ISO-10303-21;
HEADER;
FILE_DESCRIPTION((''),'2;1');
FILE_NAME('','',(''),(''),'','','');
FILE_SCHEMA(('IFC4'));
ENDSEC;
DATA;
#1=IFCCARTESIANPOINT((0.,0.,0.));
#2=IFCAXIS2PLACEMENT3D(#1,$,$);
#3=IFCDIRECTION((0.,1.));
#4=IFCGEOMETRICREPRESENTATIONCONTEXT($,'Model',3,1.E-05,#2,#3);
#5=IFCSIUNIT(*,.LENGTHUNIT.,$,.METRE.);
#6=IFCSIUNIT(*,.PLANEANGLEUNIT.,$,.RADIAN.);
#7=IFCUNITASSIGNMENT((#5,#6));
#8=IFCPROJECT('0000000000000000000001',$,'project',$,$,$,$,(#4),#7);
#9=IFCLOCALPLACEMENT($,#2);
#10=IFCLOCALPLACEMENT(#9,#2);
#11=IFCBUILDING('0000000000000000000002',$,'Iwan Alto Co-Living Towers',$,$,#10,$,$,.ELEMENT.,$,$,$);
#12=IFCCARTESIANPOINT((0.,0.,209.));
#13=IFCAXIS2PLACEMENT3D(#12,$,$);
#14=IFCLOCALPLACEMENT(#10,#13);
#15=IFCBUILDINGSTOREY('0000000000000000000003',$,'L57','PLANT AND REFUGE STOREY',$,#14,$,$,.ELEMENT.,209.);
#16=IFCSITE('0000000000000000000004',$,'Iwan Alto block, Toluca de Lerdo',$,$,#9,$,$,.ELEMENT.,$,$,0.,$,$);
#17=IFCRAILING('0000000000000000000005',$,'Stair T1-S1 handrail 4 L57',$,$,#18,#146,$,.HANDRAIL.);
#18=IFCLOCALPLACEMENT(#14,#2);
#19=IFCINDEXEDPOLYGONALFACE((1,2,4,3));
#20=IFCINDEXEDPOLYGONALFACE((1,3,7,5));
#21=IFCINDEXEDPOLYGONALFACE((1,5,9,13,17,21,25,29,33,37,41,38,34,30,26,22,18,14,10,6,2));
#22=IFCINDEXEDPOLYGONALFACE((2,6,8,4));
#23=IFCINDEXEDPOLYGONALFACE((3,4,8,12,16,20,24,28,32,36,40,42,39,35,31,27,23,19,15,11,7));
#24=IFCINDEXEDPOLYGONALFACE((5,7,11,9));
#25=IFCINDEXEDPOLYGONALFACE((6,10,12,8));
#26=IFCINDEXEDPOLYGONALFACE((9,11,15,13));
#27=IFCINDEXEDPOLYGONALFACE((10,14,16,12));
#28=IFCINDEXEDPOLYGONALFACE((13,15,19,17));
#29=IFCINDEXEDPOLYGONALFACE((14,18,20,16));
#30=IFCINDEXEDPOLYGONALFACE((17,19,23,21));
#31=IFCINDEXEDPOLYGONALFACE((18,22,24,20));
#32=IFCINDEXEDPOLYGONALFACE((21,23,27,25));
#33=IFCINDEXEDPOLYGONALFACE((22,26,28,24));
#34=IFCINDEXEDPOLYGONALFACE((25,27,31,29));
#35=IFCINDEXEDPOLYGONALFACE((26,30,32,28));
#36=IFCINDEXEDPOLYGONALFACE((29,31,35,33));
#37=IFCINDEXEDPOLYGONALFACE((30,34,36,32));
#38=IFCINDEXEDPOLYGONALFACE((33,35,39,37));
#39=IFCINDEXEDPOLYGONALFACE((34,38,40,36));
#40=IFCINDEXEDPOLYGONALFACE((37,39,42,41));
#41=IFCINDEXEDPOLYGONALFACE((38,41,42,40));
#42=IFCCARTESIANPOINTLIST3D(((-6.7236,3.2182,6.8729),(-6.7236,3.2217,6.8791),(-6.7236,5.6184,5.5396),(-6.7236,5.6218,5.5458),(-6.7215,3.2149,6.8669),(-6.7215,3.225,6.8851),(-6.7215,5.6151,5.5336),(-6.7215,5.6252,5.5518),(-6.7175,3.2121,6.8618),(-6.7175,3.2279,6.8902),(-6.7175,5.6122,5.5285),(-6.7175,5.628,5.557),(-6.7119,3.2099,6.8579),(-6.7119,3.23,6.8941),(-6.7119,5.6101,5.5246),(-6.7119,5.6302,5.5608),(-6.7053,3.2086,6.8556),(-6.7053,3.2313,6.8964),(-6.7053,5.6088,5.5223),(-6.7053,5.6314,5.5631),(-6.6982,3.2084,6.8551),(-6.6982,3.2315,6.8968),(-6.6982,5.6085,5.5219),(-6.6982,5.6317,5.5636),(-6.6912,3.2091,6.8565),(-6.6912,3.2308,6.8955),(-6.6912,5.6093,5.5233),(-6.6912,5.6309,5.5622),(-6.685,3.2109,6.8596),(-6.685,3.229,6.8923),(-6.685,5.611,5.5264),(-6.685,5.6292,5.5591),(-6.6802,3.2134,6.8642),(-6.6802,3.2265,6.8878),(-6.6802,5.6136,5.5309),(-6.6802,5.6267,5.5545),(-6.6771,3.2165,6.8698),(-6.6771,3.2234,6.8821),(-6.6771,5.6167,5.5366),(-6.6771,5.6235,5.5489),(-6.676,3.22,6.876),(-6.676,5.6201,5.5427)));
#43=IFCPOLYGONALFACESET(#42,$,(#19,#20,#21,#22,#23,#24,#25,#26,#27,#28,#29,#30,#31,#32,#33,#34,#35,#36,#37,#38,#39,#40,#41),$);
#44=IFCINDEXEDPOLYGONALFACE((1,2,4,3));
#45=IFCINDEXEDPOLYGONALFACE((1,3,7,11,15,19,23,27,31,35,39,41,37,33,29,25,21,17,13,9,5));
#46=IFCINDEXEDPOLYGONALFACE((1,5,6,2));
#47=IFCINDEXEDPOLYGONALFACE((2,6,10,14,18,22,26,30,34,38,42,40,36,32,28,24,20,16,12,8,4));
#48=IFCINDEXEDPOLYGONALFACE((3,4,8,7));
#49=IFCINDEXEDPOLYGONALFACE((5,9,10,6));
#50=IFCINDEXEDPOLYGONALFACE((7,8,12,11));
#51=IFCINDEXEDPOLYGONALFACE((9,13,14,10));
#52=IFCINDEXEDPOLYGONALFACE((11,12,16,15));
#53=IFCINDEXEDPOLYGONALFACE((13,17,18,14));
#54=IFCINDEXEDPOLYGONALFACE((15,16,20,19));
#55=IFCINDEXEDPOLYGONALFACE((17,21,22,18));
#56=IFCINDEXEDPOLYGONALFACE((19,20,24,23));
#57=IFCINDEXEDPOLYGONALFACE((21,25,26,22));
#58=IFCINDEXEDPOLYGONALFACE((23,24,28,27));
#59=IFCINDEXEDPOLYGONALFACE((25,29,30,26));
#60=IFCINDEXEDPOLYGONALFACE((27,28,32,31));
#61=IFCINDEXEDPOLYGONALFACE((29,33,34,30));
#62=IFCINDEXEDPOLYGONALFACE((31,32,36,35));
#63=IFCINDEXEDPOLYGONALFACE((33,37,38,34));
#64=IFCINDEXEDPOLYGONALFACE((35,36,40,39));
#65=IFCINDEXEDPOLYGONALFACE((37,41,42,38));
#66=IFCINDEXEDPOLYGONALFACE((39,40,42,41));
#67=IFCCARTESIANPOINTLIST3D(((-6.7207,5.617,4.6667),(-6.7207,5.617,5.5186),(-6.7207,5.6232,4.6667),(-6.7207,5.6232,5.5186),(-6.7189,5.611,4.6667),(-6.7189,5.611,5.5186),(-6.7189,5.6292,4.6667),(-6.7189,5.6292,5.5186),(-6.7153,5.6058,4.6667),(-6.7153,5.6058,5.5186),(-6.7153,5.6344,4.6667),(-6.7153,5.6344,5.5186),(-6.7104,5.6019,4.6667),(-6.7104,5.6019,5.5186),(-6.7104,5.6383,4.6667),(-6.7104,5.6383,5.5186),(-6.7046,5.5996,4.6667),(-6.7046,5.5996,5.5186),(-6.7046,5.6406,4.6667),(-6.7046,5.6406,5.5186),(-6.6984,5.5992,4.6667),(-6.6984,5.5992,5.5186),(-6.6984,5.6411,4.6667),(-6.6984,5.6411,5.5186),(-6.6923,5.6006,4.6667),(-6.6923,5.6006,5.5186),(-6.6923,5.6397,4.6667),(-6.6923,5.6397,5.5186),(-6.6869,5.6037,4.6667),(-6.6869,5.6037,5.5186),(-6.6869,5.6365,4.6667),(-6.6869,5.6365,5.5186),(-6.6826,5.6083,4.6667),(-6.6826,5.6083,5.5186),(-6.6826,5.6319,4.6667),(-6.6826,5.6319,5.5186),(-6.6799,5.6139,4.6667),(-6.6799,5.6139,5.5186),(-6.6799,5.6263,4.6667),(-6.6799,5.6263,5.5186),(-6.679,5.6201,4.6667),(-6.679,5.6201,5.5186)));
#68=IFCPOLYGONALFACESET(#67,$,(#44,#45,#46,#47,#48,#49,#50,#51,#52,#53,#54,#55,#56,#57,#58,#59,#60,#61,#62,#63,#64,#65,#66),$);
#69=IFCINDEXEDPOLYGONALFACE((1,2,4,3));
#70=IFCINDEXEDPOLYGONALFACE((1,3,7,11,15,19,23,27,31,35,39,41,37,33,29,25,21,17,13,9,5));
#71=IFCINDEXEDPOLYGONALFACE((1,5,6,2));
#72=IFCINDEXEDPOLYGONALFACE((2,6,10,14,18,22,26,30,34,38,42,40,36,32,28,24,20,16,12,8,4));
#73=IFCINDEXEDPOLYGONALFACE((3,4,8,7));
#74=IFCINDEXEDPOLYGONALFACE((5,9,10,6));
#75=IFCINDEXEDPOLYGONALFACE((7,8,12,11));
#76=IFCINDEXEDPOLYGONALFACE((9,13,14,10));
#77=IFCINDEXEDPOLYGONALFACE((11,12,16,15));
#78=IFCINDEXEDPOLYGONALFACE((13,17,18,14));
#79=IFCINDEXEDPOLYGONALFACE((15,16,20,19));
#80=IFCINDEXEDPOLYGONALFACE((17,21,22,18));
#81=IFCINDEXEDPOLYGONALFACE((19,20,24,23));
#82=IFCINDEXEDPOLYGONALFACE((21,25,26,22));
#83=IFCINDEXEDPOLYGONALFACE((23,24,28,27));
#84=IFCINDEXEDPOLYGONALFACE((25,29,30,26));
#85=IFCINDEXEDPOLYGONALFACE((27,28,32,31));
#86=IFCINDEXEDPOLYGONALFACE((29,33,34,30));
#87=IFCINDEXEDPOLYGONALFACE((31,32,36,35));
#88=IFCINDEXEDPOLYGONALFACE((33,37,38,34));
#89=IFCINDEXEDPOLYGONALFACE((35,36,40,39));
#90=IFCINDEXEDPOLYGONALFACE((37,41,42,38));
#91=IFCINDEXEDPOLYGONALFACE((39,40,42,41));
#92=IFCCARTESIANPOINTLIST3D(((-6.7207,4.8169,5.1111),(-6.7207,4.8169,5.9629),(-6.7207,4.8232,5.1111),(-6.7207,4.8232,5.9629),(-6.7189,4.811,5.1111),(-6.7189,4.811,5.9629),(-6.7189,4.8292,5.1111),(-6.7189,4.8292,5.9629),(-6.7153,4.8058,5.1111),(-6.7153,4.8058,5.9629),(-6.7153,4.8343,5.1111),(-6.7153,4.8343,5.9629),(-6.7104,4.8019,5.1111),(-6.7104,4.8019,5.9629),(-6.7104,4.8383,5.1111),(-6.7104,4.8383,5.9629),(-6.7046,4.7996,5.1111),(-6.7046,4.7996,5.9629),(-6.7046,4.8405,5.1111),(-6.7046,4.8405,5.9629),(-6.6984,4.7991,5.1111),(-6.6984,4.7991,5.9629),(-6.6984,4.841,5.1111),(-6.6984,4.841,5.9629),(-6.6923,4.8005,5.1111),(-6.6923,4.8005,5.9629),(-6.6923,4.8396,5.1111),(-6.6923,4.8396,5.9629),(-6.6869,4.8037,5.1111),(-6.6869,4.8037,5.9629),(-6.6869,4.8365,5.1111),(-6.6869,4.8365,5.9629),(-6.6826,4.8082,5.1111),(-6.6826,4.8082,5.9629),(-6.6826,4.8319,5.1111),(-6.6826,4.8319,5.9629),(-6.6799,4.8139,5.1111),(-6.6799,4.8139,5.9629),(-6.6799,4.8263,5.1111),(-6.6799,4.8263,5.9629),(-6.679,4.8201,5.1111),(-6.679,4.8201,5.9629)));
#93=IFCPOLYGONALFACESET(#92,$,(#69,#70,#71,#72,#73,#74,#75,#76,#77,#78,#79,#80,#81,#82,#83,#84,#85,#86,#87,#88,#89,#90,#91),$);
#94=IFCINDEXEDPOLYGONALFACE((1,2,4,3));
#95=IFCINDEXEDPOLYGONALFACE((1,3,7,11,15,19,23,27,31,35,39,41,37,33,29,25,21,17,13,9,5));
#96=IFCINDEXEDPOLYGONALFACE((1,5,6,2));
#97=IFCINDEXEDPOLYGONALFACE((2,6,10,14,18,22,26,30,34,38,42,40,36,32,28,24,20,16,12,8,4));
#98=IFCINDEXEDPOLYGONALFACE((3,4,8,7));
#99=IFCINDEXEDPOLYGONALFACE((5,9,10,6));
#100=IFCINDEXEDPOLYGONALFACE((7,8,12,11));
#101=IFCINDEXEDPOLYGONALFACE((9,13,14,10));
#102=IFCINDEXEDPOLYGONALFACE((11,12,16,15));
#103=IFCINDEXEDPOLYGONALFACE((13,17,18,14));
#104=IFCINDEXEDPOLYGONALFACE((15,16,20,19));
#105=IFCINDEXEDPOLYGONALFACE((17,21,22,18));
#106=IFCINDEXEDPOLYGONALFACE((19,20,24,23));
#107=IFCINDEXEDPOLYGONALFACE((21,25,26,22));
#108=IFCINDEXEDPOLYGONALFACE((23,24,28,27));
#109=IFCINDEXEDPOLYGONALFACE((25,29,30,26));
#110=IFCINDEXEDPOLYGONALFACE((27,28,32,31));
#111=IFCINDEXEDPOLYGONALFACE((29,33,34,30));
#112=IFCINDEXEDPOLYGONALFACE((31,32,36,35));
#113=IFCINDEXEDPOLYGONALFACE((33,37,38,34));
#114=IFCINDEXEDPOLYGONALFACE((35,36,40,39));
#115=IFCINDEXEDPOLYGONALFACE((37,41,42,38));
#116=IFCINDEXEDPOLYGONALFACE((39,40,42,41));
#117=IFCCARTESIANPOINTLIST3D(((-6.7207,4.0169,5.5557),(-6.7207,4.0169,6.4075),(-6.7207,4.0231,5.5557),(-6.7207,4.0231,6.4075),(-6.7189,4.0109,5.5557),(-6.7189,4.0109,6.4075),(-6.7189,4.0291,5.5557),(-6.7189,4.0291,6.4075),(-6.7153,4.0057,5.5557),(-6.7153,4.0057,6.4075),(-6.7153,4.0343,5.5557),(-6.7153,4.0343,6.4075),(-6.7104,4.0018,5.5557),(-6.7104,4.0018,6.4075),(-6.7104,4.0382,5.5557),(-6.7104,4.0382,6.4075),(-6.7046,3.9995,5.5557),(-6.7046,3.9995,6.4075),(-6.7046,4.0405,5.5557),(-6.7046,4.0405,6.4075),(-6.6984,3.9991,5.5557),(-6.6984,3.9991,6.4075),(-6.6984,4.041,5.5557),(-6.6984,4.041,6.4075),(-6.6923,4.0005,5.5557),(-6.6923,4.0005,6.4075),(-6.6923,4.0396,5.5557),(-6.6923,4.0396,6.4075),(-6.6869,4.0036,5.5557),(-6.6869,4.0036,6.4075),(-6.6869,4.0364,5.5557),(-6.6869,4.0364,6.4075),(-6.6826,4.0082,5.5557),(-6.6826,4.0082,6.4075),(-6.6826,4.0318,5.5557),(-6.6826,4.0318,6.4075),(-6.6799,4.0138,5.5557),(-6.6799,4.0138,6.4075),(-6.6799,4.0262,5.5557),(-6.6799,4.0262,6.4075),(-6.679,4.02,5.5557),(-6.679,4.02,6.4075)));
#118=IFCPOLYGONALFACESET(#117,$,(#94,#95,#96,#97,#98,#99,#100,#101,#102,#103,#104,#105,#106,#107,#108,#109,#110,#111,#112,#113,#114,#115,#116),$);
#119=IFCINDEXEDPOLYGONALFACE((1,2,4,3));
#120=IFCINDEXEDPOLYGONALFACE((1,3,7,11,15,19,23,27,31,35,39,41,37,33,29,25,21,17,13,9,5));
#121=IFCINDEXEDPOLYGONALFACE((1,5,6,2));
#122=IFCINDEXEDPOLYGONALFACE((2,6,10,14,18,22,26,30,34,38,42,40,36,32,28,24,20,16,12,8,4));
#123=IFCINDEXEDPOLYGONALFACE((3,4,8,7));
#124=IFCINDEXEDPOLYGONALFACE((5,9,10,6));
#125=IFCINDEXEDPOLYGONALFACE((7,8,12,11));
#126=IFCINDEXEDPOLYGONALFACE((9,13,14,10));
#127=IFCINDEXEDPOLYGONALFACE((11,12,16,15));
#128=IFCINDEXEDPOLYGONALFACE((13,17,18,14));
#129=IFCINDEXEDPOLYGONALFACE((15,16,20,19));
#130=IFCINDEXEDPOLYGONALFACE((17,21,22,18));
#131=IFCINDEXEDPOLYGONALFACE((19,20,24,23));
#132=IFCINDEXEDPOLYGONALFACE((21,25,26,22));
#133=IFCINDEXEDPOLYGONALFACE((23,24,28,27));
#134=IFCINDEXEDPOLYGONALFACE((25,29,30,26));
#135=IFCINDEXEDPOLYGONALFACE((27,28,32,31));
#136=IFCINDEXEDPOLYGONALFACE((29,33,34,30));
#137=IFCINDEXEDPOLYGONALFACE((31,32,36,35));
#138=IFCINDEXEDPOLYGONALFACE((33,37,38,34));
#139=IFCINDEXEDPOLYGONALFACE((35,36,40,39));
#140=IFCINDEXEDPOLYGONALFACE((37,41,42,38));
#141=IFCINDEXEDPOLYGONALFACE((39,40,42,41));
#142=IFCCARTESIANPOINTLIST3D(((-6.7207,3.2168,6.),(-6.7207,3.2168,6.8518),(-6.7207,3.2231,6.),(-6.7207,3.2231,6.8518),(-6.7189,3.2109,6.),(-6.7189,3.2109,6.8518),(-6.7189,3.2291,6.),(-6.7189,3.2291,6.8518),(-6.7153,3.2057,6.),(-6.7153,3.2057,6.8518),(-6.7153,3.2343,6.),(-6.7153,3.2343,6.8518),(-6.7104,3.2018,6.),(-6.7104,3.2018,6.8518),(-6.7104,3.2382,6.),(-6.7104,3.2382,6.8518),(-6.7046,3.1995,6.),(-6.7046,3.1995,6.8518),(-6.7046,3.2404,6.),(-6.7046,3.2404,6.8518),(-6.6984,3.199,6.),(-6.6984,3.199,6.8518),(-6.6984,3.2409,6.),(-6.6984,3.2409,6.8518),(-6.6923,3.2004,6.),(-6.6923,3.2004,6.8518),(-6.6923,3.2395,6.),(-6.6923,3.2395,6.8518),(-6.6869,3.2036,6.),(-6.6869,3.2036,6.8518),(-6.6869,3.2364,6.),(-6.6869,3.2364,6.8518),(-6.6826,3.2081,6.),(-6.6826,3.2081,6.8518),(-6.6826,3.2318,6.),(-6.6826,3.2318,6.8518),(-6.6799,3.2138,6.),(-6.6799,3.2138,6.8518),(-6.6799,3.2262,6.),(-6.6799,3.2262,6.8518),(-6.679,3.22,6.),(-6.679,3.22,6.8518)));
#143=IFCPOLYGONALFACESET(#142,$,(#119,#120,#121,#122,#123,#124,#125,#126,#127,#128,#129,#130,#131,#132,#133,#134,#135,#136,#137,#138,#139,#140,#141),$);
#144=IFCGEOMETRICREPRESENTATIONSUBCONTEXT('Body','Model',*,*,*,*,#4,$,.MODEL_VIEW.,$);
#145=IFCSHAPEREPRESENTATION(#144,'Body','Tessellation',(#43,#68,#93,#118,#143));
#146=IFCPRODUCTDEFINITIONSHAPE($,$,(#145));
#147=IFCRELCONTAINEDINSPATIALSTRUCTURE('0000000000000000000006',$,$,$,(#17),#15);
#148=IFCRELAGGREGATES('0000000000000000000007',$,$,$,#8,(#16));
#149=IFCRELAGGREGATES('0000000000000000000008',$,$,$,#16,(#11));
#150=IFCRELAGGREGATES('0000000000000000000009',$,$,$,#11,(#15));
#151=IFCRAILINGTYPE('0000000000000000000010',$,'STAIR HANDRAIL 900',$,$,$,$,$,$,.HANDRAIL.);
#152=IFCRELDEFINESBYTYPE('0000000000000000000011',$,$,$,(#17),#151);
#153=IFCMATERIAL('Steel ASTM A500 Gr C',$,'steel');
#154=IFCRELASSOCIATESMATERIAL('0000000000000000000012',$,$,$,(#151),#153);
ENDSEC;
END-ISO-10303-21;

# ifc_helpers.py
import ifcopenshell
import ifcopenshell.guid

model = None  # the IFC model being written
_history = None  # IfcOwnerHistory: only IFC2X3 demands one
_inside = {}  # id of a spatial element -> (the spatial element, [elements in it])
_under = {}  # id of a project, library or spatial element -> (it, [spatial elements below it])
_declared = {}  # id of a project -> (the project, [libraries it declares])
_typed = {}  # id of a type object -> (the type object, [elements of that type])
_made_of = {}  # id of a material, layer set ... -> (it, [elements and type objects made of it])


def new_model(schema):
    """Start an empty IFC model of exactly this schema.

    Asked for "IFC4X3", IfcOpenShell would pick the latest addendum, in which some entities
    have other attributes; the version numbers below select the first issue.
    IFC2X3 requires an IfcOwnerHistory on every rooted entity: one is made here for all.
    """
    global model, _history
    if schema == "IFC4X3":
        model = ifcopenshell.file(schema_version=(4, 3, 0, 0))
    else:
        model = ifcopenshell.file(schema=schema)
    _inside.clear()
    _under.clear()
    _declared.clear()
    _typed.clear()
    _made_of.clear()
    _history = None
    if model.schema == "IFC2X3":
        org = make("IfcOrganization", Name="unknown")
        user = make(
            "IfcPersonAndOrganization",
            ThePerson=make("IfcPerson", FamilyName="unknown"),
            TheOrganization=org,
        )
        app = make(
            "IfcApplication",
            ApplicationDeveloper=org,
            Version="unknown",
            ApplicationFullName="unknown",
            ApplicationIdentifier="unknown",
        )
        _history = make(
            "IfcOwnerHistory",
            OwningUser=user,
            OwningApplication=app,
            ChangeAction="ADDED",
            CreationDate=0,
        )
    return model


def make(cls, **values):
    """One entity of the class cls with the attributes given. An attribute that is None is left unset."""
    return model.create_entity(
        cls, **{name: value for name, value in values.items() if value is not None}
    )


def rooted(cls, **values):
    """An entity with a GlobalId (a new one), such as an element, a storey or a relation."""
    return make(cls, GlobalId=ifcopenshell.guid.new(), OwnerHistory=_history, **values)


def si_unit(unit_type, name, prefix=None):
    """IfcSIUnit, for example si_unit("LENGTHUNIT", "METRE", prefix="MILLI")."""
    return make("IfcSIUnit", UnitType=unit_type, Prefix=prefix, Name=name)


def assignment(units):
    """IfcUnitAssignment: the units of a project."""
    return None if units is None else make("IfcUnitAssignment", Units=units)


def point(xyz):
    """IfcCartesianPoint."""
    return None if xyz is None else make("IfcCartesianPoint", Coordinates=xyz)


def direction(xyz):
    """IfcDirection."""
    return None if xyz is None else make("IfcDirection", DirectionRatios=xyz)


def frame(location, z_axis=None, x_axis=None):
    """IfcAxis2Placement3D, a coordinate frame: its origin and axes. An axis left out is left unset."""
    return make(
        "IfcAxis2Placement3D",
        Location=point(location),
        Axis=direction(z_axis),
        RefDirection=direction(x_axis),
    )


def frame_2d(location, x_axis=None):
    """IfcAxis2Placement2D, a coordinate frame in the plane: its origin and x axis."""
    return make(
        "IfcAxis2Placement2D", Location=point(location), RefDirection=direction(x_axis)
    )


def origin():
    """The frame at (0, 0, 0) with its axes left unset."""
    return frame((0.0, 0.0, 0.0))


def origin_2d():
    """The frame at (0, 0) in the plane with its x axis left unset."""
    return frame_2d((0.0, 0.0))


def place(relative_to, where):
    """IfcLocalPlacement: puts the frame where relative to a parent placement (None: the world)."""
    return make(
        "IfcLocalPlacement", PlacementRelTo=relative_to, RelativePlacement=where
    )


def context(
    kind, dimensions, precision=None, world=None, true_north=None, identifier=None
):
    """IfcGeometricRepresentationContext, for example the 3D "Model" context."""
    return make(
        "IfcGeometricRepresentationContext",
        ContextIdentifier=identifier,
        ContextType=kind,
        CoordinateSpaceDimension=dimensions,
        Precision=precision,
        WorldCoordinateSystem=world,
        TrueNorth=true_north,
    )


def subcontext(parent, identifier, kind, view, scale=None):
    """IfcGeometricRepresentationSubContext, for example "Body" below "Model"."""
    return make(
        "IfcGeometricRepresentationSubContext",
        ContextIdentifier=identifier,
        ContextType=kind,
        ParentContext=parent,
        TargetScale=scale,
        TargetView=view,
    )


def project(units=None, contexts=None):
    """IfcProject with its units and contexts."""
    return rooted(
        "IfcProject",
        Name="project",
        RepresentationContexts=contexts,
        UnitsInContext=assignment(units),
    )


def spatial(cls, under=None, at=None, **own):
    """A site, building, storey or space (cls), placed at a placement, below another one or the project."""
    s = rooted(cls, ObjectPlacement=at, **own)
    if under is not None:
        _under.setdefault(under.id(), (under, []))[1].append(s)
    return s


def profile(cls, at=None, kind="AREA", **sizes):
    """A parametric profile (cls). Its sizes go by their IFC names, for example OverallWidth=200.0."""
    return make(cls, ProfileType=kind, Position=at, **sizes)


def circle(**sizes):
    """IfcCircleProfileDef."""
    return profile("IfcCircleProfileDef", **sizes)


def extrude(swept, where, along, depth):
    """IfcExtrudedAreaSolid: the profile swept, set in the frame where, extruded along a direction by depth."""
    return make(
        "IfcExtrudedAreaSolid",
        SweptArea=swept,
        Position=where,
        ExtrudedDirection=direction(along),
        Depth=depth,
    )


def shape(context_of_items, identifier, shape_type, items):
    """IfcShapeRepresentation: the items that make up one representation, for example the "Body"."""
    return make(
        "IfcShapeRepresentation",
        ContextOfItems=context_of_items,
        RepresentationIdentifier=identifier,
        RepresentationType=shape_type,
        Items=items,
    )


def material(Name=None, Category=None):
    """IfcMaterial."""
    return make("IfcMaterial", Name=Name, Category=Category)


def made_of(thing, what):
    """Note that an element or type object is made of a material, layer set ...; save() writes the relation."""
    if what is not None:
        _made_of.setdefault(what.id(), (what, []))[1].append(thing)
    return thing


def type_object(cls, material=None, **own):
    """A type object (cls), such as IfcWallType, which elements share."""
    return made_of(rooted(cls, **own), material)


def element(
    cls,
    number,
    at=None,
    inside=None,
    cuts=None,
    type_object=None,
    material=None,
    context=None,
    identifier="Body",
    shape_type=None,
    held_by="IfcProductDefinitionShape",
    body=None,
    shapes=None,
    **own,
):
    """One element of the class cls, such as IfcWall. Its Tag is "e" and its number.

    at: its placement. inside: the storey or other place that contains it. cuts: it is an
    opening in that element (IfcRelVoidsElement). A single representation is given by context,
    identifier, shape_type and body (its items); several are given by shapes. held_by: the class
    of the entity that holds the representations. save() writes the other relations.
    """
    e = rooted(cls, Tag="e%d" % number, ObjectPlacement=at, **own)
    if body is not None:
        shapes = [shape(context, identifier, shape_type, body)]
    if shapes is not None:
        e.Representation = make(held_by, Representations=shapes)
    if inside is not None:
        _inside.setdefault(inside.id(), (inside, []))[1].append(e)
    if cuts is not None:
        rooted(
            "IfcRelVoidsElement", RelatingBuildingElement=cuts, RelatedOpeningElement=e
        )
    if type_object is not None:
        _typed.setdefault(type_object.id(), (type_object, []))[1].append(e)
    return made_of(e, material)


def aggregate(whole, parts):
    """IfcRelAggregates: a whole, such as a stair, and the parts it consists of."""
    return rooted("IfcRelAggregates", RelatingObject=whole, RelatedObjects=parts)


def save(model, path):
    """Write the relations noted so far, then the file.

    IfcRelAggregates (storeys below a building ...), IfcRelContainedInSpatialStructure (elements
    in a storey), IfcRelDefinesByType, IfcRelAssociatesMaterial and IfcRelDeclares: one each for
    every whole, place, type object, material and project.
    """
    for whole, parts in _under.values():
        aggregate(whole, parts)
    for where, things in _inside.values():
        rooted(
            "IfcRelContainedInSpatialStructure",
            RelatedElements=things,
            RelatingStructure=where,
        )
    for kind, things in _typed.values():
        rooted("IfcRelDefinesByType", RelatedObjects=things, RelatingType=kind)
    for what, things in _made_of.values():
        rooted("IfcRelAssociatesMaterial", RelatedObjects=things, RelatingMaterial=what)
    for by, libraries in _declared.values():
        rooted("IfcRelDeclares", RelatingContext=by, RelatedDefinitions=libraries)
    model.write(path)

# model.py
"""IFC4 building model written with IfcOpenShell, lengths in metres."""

from ifc_helpers import new_model, si_unit, direction, frame, origin, origin_2d, place, context, subcontext, project, spatial, circle, extrude, material, type_object, element, save


model = new_model("IFC4")

# Units and contexts
model_context = context("Model", 3, precision=1e-05, world=origin(), true_north=direction((0.0, 1.0)))
body_context = subcontext(model_context, "Body", "Model", "MODEL_VIEW")
ifc_project = project(units=[si_unit("LENGTHUNIT", "METRE"), si_unit("PLANEANGLEUNIT", "RADIAN")], contexts=[model_context])

# Site, building, storey
site_placement = place(None, origin())
site = spatial("IfcSite", under=ifc_project, at=site_placement, Name="Iwan Alto block, Toluca de Lerdo", CompositionType="ELEMENT", RefElevation=0.0)
building_placement = place(site_placement, origin())
building = spatial("IfcBuilding", under=site, at=building_placement, Name="Iwan Alto Co-Living Towers", CompositionType="ELEMENT")
storey_placement = place(building_placement, frame((0.0, 0.0, 209.0)))
storey = spatial("IfcBuildingStorey", under=building, at=storey_placement, Name="L57", Description="PLANT AND REFUGE STOREY", CompositionType="ELEMENT", Elevation=209.0)

# Railing
ifc_material_1 = material(Name="Steel ASTM A500 Gr C", Category="steel")
railing_type_1 = type_object("IfcRailingType", Name="STAIR HANDRAIL 900", PredefinedType="HANDRAIL", material=ifc_material_1)
railing_1_placement = place(storey_placement, frame((-6.7, 5.6201, 4.6667)))
element("IfcRailing", 1, at=railing_1_placement, inside=storey, type_object=railing_type_1, Name="Stair T1-S1 handrail 4 L57", PredefinedType="HANDRAIL", context=body_context, shape_type="SweptSolid", body=[
    extrude(circle(Radius=0.0239, at=origin_2d()), frame((0.0, 0.0, 0.876), z_axis=(0.0, -0.874182, 0.485598), x_axis=(1.0, 0.0, 0.0)), (0.0, 0.0, 1.0), 2.7456),
    extrude(circle(Radius=0.021, at=origin_2d()), origin(), (0.0, 0.0, 1.0), 0.8518),
    extrude(circle(Radius=0.021, at=origin_2d()), frame((0.0, -0.8, 0.4443)), (0.0, 0.0, 1.0), 0.8518),
    extrude(circle(Radius=0.021, at=origin_2d()), frame((0.0, -1.6001, 0.8889)), (0.0, 0.0, 1.0), 0.8518),
    extrude(circle(Radius=0.021, at=origin_2d()), frame((0.0, -2.4001, 1.3333)), (0.0, 0.0, 1.0), 0.8518),
])

save(model, "model.ifc")
